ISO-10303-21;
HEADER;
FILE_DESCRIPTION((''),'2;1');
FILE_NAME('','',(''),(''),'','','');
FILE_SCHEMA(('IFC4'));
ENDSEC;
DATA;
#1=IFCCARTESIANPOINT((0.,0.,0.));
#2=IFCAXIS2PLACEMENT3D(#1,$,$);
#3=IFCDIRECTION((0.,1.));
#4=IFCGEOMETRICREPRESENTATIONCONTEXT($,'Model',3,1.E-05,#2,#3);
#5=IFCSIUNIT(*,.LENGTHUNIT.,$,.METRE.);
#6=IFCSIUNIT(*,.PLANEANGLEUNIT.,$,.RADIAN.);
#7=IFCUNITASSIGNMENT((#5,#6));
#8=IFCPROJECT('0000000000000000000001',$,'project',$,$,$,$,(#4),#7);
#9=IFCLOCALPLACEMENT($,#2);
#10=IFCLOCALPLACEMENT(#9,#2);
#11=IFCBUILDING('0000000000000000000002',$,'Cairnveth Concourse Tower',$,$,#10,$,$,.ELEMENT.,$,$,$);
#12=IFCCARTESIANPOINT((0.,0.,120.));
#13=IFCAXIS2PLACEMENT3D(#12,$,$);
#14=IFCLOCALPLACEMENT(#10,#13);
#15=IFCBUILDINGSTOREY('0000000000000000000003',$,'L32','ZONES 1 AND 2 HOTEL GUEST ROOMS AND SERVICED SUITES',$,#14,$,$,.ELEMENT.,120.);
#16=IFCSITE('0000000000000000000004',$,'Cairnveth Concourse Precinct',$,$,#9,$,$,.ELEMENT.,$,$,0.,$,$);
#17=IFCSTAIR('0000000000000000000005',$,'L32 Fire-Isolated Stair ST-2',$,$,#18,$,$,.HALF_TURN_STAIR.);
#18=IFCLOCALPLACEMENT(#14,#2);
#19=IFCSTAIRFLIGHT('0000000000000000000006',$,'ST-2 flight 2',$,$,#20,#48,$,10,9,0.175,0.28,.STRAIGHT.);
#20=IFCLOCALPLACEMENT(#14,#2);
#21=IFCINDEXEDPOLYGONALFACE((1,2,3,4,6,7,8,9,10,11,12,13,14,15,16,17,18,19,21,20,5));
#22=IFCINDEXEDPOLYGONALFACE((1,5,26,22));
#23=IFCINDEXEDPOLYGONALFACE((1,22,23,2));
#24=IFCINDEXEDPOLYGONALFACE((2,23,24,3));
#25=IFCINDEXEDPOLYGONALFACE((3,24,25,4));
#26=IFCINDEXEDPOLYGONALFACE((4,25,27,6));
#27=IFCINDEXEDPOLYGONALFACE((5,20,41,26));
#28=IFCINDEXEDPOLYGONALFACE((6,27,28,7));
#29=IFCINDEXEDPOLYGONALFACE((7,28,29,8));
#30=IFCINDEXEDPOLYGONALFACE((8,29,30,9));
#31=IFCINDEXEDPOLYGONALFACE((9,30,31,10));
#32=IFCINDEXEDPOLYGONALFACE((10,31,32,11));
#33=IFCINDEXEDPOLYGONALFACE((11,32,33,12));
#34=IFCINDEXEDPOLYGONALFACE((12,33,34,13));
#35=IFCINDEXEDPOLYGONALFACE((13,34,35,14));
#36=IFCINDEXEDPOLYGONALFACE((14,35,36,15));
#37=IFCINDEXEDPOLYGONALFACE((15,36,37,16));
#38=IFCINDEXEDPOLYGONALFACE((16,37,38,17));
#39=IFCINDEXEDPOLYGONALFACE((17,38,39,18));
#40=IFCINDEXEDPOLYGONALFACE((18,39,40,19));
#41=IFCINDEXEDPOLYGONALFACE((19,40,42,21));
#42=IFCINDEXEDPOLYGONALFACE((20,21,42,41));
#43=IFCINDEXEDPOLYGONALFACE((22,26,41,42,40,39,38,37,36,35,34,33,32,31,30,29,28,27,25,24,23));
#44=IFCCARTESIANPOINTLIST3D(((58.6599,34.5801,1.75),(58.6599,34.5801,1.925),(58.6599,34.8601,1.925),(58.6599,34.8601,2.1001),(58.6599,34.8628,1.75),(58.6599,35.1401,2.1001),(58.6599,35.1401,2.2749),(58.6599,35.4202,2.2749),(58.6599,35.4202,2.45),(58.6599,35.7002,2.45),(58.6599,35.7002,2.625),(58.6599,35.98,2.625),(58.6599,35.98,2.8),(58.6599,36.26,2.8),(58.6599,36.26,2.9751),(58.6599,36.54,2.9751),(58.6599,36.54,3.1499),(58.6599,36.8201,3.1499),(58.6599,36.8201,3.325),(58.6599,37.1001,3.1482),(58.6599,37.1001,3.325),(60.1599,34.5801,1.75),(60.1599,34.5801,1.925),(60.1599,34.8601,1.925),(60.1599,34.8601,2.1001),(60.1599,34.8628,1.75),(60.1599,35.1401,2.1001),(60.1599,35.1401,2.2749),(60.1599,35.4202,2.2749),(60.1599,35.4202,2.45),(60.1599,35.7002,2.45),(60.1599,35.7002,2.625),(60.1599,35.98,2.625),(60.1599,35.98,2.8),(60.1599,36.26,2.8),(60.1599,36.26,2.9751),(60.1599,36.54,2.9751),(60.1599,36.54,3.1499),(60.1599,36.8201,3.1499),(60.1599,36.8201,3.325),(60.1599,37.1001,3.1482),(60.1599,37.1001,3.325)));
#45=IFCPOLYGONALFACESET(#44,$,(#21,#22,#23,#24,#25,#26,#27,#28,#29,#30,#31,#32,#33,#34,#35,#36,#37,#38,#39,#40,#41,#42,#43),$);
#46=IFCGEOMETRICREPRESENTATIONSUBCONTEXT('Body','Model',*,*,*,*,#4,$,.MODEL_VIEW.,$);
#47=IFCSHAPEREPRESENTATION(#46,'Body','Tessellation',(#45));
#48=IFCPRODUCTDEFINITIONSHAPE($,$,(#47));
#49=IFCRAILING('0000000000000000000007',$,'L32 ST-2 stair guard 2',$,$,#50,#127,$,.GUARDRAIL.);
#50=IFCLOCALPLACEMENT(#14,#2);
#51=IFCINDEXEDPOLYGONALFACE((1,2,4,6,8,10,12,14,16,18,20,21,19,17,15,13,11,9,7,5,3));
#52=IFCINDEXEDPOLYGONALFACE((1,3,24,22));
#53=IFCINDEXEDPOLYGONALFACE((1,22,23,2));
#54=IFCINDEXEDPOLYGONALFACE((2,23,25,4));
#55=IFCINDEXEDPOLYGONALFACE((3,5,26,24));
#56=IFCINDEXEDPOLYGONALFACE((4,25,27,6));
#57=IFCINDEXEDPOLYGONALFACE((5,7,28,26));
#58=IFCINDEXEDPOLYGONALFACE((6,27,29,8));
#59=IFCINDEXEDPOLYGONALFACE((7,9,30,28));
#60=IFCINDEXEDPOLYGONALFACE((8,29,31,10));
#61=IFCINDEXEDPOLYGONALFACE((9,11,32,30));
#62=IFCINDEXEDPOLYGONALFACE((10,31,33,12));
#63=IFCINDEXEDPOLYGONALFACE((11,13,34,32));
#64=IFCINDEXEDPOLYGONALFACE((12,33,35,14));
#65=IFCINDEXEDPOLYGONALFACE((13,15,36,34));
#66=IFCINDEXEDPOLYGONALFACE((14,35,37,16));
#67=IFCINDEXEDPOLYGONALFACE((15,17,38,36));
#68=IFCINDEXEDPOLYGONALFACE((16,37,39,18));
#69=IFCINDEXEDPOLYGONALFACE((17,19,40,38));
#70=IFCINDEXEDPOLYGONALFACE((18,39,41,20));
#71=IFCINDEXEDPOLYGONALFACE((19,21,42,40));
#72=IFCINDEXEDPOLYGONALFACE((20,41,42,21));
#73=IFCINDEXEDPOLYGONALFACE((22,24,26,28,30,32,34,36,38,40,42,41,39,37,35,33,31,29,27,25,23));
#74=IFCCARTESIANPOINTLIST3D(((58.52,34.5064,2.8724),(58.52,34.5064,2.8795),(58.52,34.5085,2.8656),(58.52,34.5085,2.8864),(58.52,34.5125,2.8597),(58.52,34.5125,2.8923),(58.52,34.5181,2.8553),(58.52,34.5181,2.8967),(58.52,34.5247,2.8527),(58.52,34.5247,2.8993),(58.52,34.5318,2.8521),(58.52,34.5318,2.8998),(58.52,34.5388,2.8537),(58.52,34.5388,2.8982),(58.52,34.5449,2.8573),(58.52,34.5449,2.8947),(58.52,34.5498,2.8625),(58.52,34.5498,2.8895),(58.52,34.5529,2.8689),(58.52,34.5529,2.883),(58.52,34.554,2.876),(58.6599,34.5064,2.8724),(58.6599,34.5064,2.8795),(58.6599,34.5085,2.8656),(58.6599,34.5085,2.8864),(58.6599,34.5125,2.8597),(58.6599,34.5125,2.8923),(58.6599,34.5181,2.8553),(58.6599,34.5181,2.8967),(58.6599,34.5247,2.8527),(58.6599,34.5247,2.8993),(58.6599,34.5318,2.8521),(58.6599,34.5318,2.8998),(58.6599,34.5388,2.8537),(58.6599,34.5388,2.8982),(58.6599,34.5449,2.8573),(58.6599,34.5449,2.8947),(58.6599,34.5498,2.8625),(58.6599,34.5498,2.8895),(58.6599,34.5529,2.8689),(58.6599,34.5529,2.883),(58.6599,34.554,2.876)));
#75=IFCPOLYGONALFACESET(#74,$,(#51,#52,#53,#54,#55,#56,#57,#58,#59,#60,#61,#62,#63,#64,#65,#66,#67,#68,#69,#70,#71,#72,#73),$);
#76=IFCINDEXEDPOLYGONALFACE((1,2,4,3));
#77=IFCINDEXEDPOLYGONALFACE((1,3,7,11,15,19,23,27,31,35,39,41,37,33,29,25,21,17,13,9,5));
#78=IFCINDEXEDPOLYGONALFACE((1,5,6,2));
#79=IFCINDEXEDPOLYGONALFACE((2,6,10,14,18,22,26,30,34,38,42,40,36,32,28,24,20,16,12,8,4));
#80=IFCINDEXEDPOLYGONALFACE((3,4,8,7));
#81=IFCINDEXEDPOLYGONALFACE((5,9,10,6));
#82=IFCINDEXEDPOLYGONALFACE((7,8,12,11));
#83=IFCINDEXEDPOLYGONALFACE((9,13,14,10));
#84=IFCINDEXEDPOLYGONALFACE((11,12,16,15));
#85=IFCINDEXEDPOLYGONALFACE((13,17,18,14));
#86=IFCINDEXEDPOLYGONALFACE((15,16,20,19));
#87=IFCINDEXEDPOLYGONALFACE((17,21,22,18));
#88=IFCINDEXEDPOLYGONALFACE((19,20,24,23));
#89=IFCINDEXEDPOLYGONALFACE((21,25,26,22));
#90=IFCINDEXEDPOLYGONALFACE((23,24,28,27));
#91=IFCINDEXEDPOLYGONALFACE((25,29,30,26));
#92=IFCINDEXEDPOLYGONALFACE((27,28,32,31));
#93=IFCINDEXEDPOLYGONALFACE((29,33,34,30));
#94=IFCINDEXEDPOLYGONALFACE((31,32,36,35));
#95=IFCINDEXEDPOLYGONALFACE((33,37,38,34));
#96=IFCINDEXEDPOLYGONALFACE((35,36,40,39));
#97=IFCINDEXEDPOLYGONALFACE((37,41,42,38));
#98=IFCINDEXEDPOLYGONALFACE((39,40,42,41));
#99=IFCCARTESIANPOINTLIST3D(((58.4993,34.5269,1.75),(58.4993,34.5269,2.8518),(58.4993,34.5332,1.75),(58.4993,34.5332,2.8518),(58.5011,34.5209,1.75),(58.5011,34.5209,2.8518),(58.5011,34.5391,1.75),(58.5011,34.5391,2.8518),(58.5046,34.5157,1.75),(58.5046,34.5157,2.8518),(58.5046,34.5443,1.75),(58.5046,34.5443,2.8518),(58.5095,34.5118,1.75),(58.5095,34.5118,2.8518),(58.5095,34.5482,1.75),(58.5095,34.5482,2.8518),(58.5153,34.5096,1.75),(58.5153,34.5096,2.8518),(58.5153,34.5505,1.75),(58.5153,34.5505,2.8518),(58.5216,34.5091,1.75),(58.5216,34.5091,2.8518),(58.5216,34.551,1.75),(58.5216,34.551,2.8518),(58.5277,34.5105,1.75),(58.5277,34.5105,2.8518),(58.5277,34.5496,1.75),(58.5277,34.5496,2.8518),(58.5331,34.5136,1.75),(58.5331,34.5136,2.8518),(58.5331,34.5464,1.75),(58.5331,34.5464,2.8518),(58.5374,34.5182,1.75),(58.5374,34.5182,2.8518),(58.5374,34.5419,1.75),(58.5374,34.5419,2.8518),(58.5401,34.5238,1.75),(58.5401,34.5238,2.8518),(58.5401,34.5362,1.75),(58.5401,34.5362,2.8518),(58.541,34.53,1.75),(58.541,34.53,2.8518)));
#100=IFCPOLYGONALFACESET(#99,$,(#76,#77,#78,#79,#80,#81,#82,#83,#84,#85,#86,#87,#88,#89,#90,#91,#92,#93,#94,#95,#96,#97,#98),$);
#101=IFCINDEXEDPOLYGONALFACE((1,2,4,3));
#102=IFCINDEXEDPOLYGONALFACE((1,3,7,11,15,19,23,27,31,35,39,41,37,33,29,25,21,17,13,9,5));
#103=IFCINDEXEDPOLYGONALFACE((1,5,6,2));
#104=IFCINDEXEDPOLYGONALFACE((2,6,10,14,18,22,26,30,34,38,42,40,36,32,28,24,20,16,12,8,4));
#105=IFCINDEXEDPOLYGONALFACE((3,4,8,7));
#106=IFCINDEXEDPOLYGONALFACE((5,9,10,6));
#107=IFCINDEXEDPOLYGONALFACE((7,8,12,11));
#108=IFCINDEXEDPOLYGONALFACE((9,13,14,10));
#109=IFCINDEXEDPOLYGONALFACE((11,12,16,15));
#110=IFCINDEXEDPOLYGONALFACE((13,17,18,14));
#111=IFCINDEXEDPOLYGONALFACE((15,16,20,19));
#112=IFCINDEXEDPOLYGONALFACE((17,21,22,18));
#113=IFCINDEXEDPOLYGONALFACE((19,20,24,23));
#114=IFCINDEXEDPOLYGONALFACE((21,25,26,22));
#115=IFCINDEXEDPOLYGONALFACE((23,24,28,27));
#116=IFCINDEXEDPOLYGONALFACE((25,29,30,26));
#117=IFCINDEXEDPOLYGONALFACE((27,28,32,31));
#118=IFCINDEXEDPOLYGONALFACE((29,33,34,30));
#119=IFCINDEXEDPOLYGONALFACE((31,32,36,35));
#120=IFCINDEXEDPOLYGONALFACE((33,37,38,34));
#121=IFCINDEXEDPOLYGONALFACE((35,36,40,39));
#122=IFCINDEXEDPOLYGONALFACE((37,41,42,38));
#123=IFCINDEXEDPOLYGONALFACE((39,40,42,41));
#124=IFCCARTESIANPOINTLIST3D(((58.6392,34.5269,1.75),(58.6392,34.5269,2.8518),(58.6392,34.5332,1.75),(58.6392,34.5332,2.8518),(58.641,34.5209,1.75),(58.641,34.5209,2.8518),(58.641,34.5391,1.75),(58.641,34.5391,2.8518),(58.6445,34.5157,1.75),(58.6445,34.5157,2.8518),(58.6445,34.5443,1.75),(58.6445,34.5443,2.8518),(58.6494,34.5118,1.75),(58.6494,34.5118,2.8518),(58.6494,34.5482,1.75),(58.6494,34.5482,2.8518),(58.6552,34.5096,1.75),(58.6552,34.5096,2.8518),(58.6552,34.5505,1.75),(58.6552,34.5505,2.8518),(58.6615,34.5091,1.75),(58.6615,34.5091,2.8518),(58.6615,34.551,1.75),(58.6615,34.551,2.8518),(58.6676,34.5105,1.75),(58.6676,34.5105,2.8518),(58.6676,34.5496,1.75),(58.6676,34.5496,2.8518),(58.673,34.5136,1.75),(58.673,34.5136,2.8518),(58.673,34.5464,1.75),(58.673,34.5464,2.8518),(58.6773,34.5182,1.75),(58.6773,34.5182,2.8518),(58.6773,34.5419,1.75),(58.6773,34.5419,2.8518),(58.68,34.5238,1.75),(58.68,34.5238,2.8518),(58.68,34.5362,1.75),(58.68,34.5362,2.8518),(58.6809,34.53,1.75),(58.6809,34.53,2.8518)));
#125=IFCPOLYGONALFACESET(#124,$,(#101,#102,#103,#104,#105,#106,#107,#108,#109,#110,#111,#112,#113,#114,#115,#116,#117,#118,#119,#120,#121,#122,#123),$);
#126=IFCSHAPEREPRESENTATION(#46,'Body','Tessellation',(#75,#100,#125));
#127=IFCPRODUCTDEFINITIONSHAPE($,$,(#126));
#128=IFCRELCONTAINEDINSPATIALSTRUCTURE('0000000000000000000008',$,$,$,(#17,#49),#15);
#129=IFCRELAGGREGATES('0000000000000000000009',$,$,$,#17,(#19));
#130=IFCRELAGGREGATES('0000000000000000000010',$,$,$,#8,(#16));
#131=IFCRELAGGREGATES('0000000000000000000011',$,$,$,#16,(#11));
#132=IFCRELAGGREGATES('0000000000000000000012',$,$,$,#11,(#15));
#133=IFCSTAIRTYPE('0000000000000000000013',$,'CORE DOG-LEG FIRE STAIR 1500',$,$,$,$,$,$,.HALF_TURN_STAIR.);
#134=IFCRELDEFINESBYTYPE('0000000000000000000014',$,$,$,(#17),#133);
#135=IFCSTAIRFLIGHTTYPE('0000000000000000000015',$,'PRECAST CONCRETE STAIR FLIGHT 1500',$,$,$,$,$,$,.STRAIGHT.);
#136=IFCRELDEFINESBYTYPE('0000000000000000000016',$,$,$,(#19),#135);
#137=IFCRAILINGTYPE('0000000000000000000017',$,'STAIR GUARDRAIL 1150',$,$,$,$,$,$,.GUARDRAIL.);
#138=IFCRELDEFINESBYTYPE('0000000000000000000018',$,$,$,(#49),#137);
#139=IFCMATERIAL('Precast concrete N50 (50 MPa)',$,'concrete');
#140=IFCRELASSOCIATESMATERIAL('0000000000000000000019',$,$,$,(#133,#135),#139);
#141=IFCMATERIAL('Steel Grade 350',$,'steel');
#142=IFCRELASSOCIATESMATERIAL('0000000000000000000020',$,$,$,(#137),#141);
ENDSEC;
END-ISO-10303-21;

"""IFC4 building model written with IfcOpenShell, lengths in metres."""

from ifc_helpers import new_model, si_unit, direction, frame, origin, origin_2d, place, context, subcontext, project, spatial, polyline, circle, outline, extrude, material, type_object, element, aggregate, save


model = new_model("IFC4")

# Units and contexts
model_context = context("Model", 3, precision=1e-05, world=origin(), true_north=direction((0.0, 1.0)))
body_context = subcontext(model_context, "Body", "Model", "MODEL_VIEW")
ifc_project = project(units=[si_unit("LENGTHUNIT", "METRE"), si_unit("PLANEANGLEUNIT", "RADIAN")], contexts=[model_context])

# Site, building, storey
site_placement = place(None, origin())
site = spatial("IfcSite", under=ifc_project, at=site_placement, Name="Cairnveth Concourse Precinct", CompositionType="ELEMENT", RefElevation=0.0)
building_placement = place(site_placement, origin())
building = spatial("IfcBuilding", under=site, at=building_placement, Name="Cairnveth Concourse Tower", CompositionType="ELEMENT")
storey_placement = place(building_placement, frame((0.0, 0.0, 120.0)))
storey = spatial("IfcBuildingStorey", under=building, at=storey_placement, Name="L32", Description="ZONES 1 AND 2 HOTEL GUEST ROOMS AND SERVICED SUITES", CompositionType="ELEMENT", Elevation=120.0)

# Shared definitions
ifc_material_1 = material(Name="Steel Grade 350", Category="steel")

# Stair, stair flight
ifc_material_2 = material(Name="Precast concrete N50 (50 MPa)", Category="concrete")
stair_type = type_object("IfcStairType", Name="CORE DOG-LEG FIRE STAIR 1500", PredefinedType="HALF_TURN_STAIR", material=ifc_material_2)
stair_placement = place(storey_placement, origin())
stair = element("IfcStair", 1, at=stair_placement, inside=storey, type_object=stair_type, Name="L32 Fire-Isolated Stair ST-2", PredefinedType="HALF_TURN_STAIR")
stair_flight_type = type_object("IfcStairFlightType", Name="PRECAST CONCRETE STAIR FLIGHT 1500", PredefinedType="STRAIGHT", material=ifc_material_2)
stair_flight_1_placement = place(storey_placement, frame((59.4099, 34.5801, 1.75), z_axis=(0.0, 0.0, 1.0), x_axis=(0.0, 1.0, 0.0)))
stair_flight_1 = element("IfcStairFlight", 2, at=stair_flight_1_placement, type_object=stair_flight_type, Name="ST-2 flight 2", NumberOfRisers=10, NumberOfTreads=9, PredefinedType="STRAIGHT", RiserHeight=0.175, TreadLength=0.28, context=body_context, shape_type="SweptSolid", body=[
    extrude(outline(polyline([(0.0, 0.0), (0.0, 0.175), (0.28, 0.175), (0.28, 0.3501), (0.5601, 0.3501), (0.5601, 0.5249), (0.8401, 0.5249), (0.8401, 0.7), (1.1201, 0.7), (1.1201, 0.875), (1.3999, 0.875), (1.3999, 1.05), (1.6799, 1.05), (1.6799, 1.2251), (1.96, 1.2251), (1.96, 1.3999), (2.24, 1.3999), (2.24, 1.575), (2.52, 1.575), (2.52, 1.75), (2.52, 1.3982), (0.2827, 0.0), (0.0, 0.0)])), frame((0.0, 0.75, 0.0), z_axis=(0.0, -1.0, 0.0), x_axis=(1.0, 0.0, 0.0)), (0.0, 0.0, 1.0), 1.5),
])
aggregate(stair, [stair_flight_1])

# Railing
railing_type_1 = type_object("IfcRailingType", Name="STAIR GUARDRAIL 1150", PredefinedType="GUARDRAIL", material=ifc_material_1)
railing_1_placement = place(storey_placement, frame((58.52, 34.53, 1.75)))
element("IfcRailing", 3, at=railing_1_placement, inside=storey, type_object=railing_type_1, Name="L32 ST-2 stair guard 2", PredefinedType="GUARDRAIL", context=body_context, shape_type="SweptSolid", body=[
    extrude(circle(Radius=0.0239, at=origin_2d()), frame((0.0, 0.0, 1.126), z_axis=(1.0, 0.0, 0.0), x_axis=(0.0, 1.0, 0.0)), (0.0, 0.0, 1.0), 0.1399),
    extrude(circle(Radius=0.021, at=origin_2d()), origin(), (0.0, 0.0, 1.0), 1.1018),
    extrude(circle(Radius=0.021, at=origin_2d()), frame((0.1399, 0.0, 0.0)), (0.0, 0.0, 1.0), 1.1018),
])

save(model, "model.ifc")
